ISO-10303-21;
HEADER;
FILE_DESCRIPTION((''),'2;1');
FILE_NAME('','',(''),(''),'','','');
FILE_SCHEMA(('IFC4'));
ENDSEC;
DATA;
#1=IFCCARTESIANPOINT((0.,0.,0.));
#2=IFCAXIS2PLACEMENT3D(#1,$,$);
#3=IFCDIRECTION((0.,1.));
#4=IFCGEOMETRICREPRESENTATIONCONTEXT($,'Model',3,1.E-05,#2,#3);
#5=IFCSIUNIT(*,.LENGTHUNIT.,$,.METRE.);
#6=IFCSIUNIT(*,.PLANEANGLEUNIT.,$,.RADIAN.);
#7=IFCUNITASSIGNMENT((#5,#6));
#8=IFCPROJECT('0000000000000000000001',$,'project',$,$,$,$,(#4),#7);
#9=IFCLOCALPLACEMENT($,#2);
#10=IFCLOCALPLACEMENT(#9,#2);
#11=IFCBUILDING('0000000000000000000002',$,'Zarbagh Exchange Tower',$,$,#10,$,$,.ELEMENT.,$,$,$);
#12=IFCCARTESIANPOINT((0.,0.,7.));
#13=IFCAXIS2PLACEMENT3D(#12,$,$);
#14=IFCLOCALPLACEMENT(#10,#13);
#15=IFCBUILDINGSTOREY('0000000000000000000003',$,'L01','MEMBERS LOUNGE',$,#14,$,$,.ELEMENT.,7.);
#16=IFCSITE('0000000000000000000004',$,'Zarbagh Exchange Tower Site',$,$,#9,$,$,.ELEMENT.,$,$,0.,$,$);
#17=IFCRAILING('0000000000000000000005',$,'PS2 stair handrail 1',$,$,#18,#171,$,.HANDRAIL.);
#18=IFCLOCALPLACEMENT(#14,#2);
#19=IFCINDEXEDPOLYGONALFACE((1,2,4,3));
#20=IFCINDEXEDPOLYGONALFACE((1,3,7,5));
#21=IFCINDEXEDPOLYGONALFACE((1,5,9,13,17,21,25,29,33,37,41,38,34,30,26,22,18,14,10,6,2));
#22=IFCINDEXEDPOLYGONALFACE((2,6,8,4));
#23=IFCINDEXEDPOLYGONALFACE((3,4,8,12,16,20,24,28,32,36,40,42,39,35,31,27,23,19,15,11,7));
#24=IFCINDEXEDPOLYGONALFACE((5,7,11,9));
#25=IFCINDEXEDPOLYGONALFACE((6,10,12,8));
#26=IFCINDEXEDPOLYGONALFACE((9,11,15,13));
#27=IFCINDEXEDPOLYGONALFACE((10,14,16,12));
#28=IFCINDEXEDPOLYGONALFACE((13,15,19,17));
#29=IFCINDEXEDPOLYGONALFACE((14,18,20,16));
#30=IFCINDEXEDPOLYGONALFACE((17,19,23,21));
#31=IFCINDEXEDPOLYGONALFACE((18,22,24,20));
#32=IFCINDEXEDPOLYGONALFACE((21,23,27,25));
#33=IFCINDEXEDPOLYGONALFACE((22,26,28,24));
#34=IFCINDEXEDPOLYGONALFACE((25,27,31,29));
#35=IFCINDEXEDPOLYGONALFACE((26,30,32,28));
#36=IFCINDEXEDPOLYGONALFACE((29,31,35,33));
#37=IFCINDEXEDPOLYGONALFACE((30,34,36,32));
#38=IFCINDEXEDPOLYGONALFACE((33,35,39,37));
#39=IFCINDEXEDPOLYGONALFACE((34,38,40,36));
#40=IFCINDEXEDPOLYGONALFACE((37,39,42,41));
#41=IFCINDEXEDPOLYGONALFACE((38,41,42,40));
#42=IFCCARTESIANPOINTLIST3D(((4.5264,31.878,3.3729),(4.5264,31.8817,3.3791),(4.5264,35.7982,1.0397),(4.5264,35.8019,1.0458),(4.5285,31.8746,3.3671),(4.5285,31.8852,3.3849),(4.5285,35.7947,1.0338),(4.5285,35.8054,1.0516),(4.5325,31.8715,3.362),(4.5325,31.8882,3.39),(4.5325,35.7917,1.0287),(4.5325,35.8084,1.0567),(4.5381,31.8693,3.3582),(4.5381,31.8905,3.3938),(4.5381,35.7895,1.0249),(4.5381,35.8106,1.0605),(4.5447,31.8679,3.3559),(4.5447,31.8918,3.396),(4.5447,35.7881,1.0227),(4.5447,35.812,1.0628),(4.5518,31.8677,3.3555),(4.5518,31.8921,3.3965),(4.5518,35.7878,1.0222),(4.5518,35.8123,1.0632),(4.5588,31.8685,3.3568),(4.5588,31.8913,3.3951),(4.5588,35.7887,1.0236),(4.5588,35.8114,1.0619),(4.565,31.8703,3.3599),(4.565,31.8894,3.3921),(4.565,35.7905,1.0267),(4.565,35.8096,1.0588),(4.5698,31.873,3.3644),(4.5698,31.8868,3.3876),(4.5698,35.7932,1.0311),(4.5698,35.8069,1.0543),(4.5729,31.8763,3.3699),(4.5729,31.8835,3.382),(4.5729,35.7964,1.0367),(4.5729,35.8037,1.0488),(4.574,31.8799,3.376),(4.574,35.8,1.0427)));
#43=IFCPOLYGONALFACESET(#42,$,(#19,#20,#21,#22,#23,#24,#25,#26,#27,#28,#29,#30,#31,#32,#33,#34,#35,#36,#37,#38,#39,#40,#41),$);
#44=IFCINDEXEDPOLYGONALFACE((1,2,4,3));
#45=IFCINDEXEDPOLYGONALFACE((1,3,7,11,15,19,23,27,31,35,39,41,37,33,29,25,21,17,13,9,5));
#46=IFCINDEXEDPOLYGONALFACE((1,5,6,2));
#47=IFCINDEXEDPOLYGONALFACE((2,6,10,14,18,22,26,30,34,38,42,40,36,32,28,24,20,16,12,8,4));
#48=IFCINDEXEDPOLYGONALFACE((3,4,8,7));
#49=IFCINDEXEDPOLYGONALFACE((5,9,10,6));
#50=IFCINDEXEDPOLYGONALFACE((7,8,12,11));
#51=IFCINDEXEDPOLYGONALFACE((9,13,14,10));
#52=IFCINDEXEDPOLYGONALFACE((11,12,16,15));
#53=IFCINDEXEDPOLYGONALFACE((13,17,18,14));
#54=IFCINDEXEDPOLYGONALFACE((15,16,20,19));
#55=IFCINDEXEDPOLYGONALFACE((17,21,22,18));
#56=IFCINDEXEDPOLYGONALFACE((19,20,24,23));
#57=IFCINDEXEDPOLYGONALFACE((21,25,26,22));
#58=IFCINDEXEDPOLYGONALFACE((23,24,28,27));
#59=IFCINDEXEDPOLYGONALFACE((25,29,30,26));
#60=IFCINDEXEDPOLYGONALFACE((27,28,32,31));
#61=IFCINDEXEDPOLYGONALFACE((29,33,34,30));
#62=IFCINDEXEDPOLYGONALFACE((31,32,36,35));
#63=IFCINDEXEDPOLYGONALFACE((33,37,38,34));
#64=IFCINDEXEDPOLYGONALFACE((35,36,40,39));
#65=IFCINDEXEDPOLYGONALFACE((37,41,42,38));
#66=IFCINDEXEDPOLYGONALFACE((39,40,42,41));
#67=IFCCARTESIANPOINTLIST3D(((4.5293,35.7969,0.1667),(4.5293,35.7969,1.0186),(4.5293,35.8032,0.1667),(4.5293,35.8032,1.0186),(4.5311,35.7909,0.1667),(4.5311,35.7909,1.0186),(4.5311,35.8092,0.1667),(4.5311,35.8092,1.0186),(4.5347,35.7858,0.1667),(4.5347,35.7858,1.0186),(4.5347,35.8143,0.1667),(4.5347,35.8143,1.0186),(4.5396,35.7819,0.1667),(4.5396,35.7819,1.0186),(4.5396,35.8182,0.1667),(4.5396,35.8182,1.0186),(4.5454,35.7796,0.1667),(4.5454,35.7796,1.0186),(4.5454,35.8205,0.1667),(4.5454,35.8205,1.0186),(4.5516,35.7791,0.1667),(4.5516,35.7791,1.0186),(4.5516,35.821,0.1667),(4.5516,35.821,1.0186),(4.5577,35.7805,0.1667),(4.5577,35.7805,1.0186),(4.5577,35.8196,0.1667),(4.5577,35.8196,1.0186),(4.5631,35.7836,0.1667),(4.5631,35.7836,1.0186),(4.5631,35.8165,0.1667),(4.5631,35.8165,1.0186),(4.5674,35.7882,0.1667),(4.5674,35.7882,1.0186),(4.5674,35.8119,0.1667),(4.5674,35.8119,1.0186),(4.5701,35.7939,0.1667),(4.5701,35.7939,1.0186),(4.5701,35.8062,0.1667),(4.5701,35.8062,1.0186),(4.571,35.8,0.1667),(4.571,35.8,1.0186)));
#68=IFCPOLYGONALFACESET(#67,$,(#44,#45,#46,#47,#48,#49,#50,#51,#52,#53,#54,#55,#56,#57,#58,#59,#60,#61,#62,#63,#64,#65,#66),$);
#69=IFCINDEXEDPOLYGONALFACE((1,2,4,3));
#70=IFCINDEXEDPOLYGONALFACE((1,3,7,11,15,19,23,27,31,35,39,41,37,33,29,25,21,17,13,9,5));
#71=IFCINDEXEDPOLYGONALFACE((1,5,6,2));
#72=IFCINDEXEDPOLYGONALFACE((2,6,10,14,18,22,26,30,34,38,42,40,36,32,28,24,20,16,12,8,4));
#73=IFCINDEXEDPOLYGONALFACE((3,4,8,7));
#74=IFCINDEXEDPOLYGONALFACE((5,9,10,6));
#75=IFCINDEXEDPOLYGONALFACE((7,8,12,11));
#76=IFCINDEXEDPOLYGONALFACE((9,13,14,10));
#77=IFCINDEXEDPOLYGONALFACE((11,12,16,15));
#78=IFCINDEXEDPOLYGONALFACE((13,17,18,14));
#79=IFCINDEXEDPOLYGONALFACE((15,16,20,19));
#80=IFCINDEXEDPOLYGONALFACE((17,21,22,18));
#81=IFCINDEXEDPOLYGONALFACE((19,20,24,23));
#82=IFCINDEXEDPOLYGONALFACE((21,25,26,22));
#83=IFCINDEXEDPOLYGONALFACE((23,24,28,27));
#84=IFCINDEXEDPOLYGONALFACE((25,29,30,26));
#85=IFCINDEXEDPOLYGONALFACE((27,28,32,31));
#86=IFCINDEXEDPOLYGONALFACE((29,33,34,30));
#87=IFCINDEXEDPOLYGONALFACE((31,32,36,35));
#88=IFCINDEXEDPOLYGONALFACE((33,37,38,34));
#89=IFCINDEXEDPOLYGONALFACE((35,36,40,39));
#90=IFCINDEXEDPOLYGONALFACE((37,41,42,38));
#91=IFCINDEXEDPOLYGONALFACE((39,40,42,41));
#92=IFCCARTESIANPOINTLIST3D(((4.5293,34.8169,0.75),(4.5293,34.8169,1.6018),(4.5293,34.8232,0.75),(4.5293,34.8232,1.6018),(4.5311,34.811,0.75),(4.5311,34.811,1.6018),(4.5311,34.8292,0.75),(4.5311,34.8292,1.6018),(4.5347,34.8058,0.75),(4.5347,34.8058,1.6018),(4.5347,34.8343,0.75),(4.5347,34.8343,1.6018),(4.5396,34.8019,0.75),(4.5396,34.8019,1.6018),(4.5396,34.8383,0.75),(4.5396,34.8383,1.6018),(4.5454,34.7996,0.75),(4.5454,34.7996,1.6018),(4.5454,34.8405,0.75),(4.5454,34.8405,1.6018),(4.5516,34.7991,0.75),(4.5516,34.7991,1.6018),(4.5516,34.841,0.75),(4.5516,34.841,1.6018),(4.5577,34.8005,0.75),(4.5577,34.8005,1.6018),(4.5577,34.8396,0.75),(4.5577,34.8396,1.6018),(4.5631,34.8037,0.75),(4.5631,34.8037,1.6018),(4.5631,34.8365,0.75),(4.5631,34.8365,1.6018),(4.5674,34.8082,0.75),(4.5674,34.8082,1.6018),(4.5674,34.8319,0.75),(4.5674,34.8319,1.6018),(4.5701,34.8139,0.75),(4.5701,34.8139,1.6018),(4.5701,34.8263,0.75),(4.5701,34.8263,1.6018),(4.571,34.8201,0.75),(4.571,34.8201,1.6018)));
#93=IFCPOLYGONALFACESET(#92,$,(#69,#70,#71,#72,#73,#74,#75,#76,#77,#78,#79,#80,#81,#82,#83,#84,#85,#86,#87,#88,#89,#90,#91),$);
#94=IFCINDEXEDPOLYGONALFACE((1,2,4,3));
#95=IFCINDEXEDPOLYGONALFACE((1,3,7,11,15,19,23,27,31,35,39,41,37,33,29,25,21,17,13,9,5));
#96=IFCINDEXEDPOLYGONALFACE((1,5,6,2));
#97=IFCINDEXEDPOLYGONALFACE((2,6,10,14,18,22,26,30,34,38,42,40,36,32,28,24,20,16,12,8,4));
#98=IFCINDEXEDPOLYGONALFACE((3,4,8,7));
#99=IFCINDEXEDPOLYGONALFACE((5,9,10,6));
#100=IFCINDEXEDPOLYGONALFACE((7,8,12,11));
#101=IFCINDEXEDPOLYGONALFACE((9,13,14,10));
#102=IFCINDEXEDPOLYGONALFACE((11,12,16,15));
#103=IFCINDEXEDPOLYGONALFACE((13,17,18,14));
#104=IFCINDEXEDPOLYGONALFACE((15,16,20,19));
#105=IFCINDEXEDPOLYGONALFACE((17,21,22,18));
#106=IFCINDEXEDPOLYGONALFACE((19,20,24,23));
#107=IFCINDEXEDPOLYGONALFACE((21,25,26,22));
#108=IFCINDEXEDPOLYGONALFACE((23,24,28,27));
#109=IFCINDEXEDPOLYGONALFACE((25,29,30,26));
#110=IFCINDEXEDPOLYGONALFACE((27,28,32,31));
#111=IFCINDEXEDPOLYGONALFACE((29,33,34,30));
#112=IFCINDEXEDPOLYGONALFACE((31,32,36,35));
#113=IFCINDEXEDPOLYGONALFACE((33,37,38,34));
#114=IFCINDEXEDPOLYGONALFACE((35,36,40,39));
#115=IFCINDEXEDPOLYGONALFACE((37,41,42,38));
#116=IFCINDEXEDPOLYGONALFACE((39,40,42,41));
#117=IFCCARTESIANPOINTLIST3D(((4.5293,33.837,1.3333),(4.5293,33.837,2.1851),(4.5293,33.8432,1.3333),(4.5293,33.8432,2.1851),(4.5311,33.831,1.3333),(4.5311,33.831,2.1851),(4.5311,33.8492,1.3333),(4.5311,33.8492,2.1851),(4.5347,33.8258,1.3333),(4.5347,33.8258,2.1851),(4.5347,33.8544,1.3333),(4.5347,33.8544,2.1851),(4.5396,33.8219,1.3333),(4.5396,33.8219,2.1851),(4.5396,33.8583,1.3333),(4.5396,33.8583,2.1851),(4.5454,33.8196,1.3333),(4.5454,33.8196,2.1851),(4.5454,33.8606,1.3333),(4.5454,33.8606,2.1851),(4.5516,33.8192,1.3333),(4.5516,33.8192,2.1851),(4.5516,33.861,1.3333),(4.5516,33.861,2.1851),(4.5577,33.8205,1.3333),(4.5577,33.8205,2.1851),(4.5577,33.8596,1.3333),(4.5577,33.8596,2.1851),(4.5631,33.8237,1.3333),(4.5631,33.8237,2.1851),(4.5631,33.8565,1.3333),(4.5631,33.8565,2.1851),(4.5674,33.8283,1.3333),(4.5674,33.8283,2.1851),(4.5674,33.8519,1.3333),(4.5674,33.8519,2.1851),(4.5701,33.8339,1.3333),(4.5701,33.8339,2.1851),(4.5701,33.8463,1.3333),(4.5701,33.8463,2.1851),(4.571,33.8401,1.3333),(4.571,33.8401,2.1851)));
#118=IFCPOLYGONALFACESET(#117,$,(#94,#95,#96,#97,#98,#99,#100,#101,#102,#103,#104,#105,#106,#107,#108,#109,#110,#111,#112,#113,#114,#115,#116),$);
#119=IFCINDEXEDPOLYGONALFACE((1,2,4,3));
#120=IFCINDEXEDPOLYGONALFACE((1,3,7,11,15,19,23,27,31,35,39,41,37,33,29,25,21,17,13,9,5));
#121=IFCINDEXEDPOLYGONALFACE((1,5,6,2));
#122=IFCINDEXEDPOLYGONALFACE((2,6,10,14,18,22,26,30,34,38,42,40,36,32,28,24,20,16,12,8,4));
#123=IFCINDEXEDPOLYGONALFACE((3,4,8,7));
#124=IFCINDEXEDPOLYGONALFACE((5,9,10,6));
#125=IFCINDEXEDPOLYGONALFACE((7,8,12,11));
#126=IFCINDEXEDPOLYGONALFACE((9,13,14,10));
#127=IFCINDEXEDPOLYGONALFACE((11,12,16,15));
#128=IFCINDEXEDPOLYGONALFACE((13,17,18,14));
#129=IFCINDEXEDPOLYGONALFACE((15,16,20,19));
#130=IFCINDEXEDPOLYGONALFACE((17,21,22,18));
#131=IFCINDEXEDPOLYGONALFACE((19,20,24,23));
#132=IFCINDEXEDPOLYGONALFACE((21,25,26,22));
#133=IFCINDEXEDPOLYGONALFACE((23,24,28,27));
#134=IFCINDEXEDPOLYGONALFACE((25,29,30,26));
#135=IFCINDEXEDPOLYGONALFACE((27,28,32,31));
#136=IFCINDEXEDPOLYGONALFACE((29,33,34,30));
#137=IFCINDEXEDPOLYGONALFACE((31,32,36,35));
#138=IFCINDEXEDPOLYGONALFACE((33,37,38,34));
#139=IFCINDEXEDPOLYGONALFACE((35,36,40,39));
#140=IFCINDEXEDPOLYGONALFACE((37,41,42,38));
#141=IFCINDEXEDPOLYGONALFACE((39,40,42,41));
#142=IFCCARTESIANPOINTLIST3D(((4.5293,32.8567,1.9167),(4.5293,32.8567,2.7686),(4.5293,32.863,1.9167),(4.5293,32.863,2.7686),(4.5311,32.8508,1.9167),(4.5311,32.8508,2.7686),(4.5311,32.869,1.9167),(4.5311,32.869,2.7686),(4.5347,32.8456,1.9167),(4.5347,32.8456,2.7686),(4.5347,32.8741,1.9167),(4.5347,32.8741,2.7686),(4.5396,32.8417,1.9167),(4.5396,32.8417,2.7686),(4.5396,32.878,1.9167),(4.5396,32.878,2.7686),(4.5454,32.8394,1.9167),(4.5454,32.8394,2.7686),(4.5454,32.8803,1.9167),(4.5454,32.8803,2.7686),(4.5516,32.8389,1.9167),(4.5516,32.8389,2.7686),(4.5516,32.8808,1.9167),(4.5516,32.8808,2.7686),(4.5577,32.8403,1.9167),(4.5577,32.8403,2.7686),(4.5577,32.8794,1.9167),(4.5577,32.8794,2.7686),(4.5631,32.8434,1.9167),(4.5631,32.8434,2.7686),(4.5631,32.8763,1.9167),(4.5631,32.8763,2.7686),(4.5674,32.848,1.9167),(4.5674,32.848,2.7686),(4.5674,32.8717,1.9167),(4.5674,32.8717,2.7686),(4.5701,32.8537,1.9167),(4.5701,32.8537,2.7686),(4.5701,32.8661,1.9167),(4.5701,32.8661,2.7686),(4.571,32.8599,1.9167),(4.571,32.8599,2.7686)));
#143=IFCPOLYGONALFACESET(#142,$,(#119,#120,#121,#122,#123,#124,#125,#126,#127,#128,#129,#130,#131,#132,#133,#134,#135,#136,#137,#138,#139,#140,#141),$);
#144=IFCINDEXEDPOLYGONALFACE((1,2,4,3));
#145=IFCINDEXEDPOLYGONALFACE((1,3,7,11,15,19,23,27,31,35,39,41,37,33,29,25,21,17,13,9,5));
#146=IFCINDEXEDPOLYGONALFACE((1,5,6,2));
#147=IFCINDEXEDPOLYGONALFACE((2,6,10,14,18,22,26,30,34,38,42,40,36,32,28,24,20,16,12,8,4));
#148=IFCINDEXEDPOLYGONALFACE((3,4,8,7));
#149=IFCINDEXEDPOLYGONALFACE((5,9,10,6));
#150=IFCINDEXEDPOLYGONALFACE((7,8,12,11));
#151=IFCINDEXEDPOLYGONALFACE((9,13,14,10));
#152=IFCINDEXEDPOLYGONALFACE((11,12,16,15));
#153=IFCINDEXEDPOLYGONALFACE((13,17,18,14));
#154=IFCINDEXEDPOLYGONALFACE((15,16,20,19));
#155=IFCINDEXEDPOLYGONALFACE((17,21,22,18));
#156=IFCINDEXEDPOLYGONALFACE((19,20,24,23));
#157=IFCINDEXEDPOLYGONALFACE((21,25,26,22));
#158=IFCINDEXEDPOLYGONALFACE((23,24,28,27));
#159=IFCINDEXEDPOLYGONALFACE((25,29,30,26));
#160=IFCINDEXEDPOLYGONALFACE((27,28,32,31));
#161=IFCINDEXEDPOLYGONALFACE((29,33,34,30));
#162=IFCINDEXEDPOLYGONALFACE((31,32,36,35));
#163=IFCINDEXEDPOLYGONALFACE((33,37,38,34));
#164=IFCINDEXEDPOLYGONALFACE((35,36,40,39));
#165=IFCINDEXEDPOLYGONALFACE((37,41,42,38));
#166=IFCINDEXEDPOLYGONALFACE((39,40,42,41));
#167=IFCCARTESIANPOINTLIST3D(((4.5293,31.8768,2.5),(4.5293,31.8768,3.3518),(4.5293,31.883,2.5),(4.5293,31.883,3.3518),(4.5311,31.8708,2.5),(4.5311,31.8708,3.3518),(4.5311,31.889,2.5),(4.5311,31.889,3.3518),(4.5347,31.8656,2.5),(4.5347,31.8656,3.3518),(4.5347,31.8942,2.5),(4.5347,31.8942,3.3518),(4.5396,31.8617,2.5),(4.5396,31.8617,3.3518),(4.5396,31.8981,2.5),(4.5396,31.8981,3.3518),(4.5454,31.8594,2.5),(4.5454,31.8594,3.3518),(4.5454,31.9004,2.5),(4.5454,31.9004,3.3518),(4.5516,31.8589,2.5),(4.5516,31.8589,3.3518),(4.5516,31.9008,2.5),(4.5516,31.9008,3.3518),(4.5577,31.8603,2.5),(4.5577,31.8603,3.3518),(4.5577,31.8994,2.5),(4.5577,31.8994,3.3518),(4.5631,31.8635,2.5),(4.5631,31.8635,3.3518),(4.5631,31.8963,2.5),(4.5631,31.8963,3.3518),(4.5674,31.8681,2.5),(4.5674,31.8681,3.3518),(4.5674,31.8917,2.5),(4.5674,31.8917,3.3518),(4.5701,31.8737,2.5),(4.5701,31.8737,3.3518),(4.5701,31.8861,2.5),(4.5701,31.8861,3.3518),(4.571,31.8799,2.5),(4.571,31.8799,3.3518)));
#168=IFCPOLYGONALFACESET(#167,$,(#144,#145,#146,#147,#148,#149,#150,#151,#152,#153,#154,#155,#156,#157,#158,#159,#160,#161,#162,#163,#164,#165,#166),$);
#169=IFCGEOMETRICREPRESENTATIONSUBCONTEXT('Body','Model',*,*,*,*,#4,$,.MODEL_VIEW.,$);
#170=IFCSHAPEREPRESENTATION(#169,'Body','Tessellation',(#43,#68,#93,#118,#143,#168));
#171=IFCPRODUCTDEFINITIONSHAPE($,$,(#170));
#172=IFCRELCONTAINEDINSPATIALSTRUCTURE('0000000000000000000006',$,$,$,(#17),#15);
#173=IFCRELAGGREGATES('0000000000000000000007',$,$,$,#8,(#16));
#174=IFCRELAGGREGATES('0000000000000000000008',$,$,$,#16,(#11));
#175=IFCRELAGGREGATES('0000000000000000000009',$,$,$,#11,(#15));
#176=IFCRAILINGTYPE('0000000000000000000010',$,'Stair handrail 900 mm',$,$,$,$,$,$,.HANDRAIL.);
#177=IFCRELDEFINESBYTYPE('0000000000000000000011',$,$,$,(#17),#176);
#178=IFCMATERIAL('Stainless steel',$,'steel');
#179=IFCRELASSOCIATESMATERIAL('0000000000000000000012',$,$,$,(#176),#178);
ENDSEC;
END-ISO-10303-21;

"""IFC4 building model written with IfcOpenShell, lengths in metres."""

from ifc_helpers import new_model, si_unit, direction, frame, origin, origin_2d, place, context, subcontext, project, spatial, circle, extrude, material, type_object, element, save


model = new_model("IFC4")

# Units and contexts
model_context = context("Model", 3, precision=1e-05, world=origin(), true_north=direction((0.0, 1.0)))
body_context = subcontext(model_context, "Body", "Model", "MODEL_VIEW")
ifc_project = project(units=[si_unit("LENGTHUNIT", "METRE"), si_unit("PLANEANGLEUNIT", "RADIAN")], contexts=[model_context])

# Site, building, storey
site_placement = place(None, origin())
site = spatial("IfcSite", under=ifc_project, at=site_placement, Name="Zarbagh Exchange Tower Site", CompositionType="ELEMENT", RefElevation=0.0)
building_placement = place(site_placement, origin())
building = spatial("IfcBuilding", under=site, at=building_placement, Name="Zarbagh Exchange Tower", CompositionType="ELEMENT")
storey_placement = place(building_placement, frame((0.0, 0.0, 7.0)))
storey = spatial("IfcBuildingStorey", under=building, at=storey_placement, Name="L01", Description="MEMBERS LOUNGE", CompositionType="ELEMENT", Elevation=7.0)

# Railing
ifc_material_1 = material(Name="Stainless steel", Category="steel")
railing_type_1 = type_object("IfcRailingType", Name="Stair handrail 900 mm", PredefinedType="HANDRAIL", material=ifc_material_1)
railing_1_placement = place(storey_placement, frame((4.55, 35.8, 0.1667)))
element("IfcRailing", 1, at=railing_1_placement, inside=storey, type_object=railing_type_1, Name="PS2 stair handrail 1", PredefinedType="HANDRAIL", context=body_context, shape_type="SweptSolid", body=[
    extrude(circle(Radius=0.0239, at=origin_2d()), frame((0.0, 0.0, 0.876), z_axis=(0.0, -0.85931, 0.511455), x_axis=(1.0, 0.0, 0.0)), (0.0, 0.0, 1.0), 4.562),
    extrude(circle(Radius=0.021, at=origin_2d()), origin(), (0.0, 0.0, 1.0), 0.8518),
    extrude(circle(Radius=0.021, at=origin_2d()), frame((0.0, -0.98, 0.5833)), (0.0, 0.0, 1.0), 0.8518),
    extrude(circle(Radius=0.021, at=origin_2d()), frame((0.0, -1.96, 1.1665)), (0.0, 0.0, 1.0), 0.8518),
    extrude(circle(Radius=0.021, at=origin_2d()), frame((0.0, -2.9402, 1.75)), (0.0, 0.0, 1.0), 0.8518),
    extrude(circle(Radius=0.021, at=origin_2d()), frame((0.0, -3.9202, 2.3333)), (0.0, 0.0, 1.0), 0.8518),
])

save(model, "model.ifc")
